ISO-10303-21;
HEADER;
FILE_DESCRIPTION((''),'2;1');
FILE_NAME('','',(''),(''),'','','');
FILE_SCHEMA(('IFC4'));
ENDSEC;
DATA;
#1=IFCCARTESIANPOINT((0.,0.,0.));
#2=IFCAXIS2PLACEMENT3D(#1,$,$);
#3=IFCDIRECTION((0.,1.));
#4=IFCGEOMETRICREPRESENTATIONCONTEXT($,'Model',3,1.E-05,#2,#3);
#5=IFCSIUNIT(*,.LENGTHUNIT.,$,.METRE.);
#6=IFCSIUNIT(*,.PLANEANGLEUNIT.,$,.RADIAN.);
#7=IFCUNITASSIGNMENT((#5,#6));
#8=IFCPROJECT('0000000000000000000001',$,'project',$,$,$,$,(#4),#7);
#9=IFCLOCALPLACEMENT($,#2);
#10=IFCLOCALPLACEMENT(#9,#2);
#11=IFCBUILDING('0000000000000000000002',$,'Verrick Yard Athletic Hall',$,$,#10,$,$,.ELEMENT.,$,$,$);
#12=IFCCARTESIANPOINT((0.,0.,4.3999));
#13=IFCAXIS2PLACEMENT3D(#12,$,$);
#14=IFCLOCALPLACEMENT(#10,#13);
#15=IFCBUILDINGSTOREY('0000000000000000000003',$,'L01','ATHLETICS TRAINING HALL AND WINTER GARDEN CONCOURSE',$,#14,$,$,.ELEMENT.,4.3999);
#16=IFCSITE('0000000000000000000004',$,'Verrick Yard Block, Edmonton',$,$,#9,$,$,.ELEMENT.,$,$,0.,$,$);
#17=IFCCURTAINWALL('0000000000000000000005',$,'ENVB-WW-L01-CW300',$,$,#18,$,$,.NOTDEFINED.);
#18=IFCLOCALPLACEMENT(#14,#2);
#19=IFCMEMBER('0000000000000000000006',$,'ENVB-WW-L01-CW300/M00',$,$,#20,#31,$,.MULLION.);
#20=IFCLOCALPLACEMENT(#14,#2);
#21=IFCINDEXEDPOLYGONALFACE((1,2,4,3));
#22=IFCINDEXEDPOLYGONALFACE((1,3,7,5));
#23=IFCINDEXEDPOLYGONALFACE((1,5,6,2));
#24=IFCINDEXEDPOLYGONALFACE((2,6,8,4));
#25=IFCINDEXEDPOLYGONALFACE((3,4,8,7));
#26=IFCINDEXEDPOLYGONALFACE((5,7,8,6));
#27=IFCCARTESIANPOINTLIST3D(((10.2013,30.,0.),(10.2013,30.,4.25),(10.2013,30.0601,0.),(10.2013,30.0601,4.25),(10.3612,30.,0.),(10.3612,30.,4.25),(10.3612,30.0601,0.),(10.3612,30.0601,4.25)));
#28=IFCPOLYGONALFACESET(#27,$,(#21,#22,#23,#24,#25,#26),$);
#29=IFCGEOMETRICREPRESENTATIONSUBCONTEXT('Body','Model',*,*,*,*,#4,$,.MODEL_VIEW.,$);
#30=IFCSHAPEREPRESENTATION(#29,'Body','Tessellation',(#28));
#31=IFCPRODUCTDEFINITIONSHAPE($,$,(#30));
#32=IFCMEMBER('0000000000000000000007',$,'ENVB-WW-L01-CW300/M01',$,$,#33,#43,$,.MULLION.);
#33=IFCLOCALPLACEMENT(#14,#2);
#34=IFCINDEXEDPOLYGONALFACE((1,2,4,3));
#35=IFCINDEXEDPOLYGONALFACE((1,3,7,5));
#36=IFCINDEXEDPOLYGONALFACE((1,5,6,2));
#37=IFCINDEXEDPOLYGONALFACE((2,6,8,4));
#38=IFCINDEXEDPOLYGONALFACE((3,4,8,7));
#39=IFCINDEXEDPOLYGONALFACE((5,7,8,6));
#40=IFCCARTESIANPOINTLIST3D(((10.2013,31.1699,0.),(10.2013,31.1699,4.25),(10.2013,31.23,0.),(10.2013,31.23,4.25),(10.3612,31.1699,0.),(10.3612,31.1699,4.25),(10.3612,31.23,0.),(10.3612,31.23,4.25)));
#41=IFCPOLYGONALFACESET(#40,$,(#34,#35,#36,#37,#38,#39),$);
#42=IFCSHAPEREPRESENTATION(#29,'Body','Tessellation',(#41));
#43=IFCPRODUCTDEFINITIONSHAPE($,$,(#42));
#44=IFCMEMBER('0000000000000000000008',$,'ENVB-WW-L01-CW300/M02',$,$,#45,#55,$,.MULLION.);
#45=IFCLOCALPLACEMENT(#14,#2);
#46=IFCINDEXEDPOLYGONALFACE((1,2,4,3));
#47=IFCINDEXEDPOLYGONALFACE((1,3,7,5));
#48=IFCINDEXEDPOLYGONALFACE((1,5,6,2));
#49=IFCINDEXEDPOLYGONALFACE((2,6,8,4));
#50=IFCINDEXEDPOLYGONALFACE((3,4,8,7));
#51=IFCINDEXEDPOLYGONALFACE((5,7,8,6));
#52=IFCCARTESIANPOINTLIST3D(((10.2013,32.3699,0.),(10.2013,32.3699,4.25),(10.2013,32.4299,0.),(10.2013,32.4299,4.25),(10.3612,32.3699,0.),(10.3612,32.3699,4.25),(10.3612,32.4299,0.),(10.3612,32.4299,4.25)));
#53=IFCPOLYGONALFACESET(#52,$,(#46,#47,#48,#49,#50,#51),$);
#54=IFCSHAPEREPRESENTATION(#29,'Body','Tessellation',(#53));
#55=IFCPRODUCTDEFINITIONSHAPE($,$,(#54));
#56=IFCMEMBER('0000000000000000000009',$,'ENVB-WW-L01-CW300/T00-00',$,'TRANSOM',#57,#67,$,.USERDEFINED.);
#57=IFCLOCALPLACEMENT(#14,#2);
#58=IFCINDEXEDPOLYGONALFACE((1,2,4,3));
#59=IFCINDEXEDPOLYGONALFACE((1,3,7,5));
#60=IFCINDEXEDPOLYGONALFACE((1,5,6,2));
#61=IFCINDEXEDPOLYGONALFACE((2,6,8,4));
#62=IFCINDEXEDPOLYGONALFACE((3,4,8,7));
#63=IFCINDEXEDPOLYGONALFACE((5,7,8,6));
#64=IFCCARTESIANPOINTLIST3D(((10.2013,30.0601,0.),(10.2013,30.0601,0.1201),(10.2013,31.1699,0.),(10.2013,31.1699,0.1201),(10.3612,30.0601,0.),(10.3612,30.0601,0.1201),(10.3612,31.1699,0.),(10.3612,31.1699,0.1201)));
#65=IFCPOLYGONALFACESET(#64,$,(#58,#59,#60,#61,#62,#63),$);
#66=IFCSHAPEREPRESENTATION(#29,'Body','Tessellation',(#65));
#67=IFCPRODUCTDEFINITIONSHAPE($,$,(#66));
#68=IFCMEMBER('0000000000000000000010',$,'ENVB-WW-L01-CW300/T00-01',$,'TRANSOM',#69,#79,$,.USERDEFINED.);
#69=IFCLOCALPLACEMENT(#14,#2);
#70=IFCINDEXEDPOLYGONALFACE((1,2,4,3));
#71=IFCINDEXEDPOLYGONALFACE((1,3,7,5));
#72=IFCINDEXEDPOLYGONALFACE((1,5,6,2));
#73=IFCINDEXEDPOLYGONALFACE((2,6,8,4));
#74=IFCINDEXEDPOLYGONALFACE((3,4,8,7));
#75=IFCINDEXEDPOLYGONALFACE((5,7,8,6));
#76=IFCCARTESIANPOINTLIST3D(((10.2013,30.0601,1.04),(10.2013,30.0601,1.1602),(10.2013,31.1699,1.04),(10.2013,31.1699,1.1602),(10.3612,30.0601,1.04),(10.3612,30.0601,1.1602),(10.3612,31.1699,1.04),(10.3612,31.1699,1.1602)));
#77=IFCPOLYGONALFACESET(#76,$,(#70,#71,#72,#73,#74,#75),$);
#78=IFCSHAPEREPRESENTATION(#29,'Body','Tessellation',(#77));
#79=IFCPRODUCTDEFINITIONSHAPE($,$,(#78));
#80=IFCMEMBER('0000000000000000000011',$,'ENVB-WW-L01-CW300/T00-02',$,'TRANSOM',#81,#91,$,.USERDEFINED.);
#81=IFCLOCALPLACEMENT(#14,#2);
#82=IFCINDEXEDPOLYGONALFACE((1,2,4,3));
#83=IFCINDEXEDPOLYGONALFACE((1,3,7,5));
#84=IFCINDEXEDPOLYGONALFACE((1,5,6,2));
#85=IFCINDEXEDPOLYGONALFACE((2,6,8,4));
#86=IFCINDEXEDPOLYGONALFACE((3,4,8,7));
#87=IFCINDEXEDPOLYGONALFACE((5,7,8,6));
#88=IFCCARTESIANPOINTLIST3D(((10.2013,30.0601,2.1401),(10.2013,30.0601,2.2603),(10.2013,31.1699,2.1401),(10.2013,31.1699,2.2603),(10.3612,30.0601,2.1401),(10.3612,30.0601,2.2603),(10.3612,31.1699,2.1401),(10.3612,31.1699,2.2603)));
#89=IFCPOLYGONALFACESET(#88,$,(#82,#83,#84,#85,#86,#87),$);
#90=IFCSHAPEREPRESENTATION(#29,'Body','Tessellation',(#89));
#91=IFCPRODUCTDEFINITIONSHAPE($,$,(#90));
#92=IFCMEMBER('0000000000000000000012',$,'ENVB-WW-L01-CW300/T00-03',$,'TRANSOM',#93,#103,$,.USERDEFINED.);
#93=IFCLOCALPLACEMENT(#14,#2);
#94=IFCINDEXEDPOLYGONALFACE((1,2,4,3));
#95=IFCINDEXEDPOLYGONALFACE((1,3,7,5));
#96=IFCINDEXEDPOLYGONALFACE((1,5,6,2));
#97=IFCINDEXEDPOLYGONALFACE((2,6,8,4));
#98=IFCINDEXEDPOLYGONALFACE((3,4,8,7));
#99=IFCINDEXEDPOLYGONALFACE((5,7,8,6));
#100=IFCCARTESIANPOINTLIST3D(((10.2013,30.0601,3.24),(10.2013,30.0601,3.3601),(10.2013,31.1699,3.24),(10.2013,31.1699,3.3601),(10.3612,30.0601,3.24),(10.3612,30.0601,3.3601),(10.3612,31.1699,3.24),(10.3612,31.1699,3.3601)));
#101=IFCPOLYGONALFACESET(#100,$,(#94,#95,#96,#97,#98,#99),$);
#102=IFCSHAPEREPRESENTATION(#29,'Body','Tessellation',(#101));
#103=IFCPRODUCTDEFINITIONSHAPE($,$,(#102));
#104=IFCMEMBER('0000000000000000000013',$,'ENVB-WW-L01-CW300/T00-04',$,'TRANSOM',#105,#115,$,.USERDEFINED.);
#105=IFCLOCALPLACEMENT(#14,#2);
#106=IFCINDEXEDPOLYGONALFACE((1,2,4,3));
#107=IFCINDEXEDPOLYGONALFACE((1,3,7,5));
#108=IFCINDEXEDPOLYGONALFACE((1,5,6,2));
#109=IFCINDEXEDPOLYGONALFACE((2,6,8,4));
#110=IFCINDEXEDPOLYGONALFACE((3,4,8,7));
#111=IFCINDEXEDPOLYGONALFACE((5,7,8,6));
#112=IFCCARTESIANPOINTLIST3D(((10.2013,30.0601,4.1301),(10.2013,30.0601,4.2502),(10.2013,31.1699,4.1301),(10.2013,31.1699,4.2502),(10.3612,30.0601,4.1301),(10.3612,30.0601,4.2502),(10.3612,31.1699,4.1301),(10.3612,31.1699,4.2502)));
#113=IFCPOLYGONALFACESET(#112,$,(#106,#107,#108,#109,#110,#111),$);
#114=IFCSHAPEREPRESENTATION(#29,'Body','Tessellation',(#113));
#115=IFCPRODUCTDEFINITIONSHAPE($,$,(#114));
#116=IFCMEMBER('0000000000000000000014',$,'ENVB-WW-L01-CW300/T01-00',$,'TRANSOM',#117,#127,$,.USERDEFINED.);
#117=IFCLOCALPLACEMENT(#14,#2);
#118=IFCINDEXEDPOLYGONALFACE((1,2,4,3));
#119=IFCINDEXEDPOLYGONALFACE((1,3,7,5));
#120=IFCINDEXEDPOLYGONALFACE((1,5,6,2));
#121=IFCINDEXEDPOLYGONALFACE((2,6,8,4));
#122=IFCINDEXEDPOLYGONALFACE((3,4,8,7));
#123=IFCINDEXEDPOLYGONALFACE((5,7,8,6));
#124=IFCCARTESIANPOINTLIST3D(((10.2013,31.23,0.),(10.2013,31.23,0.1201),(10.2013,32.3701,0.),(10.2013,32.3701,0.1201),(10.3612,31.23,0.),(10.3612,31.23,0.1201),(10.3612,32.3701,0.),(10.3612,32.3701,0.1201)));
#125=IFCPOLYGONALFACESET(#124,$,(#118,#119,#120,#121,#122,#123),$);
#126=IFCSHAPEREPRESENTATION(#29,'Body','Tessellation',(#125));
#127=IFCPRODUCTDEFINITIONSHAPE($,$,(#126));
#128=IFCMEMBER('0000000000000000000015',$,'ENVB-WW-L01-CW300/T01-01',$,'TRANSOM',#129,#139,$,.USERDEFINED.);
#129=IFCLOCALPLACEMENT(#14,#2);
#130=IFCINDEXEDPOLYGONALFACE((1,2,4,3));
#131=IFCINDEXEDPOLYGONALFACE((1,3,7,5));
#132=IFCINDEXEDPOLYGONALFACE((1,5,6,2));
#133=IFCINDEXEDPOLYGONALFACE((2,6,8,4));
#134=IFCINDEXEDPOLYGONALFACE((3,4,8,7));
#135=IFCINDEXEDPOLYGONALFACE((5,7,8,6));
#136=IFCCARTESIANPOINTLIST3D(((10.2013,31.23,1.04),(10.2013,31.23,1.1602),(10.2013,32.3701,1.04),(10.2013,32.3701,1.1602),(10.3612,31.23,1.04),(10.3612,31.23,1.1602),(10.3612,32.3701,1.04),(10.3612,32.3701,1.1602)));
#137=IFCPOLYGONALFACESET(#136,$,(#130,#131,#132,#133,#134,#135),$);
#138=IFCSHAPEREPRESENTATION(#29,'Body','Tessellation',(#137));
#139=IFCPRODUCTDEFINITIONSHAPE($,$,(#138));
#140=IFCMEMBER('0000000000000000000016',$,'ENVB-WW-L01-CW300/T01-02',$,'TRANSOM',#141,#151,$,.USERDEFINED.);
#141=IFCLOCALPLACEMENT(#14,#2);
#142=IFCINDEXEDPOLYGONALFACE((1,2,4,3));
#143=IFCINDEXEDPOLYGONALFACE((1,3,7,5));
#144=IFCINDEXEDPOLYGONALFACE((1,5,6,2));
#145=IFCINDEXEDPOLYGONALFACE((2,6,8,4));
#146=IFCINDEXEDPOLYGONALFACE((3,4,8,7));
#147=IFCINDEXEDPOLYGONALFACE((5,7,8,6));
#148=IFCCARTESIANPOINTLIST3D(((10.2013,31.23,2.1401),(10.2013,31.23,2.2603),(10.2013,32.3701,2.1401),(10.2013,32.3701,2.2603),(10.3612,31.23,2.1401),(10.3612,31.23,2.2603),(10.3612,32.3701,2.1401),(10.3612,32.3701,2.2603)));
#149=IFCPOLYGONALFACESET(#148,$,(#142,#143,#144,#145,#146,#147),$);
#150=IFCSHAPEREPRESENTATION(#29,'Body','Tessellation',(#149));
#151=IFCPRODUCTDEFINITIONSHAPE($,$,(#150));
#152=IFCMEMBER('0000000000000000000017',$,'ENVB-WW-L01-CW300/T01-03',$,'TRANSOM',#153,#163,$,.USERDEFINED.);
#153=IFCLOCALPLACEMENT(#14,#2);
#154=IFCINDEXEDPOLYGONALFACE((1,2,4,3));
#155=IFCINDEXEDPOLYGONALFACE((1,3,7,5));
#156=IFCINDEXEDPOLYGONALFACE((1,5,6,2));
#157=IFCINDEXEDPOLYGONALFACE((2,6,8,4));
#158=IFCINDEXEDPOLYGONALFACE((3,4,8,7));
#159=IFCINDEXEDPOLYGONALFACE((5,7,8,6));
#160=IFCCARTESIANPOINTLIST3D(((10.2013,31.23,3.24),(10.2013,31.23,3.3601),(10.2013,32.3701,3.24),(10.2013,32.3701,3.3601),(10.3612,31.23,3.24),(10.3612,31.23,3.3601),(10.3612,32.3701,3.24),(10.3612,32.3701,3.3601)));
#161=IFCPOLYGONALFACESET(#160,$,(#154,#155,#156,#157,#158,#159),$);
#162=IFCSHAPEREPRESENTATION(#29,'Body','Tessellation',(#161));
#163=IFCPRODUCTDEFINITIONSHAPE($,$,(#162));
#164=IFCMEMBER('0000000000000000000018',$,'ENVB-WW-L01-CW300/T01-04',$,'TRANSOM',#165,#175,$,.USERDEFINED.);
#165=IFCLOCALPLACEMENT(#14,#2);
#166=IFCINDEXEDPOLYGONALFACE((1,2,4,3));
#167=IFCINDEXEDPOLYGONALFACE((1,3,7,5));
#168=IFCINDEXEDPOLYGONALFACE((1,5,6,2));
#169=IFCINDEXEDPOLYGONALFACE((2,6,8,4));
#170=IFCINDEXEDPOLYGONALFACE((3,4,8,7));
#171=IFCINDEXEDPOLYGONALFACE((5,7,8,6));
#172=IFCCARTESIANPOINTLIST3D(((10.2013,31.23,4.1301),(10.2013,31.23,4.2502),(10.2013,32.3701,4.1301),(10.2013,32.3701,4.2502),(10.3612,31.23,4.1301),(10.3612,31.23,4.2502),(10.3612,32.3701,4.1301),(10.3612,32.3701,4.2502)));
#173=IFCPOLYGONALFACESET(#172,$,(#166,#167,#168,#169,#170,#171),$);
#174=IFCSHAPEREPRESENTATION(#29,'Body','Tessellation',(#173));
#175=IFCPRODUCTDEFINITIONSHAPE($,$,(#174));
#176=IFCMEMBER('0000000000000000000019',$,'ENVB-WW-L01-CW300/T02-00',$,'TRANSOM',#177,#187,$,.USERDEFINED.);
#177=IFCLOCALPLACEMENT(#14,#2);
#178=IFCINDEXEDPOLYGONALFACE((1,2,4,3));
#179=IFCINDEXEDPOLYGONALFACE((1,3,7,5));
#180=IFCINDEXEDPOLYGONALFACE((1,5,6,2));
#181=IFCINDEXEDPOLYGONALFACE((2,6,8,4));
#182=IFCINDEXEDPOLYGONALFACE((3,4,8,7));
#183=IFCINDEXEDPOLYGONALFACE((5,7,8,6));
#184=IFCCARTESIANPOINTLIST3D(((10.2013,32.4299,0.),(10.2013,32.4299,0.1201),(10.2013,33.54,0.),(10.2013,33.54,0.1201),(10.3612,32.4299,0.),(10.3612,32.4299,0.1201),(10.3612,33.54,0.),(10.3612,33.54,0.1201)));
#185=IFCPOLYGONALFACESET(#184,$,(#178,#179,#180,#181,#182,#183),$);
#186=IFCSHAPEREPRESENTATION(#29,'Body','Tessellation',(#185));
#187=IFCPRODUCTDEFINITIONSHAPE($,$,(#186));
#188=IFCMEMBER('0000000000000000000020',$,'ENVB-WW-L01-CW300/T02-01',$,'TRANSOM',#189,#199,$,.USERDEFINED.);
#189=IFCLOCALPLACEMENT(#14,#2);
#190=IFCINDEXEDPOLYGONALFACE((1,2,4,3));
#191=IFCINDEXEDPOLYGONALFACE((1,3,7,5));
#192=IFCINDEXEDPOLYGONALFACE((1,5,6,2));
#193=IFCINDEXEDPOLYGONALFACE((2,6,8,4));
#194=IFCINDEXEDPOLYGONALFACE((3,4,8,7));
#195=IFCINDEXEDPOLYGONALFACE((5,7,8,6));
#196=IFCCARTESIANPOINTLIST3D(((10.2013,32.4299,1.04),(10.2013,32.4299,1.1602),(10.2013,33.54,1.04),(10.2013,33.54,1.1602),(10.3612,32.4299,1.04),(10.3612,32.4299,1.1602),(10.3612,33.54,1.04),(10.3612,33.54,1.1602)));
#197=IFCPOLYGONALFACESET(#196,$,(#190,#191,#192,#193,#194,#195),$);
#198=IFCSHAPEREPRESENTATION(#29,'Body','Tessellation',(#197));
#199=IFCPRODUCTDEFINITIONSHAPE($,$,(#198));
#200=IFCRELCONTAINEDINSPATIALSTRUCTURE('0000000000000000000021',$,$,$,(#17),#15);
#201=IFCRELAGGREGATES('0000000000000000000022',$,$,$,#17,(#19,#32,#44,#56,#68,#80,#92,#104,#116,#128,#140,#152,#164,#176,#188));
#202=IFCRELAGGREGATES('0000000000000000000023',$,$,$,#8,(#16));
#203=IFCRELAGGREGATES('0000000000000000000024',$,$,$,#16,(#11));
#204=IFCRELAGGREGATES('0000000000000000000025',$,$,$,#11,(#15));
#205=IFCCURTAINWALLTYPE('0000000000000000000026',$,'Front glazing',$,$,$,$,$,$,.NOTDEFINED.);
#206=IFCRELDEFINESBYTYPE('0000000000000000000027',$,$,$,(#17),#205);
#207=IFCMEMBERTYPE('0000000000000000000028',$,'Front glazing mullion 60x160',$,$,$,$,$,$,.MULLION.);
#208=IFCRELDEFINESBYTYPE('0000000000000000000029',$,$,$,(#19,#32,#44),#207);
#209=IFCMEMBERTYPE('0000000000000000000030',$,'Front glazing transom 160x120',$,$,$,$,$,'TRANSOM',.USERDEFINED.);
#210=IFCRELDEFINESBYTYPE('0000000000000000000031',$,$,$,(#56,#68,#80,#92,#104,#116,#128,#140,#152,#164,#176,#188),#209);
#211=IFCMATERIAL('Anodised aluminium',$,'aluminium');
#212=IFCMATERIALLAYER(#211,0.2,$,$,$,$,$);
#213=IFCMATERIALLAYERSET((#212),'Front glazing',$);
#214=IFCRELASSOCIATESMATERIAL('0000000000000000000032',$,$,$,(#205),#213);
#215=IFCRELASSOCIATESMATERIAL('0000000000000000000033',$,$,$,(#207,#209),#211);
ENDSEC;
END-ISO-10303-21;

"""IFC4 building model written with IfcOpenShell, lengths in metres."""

from ifc_helpers import new_model, si_unit, direction, frame, origin, origin_2d, place, context, subcontext, project, spatial, rectangle, extrude, material, layer, layer_set, material_profile, profile_set, type_object, element, aggregate, save


model = new_model("IFC4")

# Units and contexts
model_context = context("Model", 3, precision=1e-05, world=origin(), true_north=direction((0.0, 1.0)))
body_context = subcontext(model_context, "Body", "Model", "MODEL_VIEW")
ifc_project = project(units=[si_unit("LENGTHUNIT", "METRE"), si_unit("PLANEANGLEUNIT", "RADIAN")], contexts=[model_context])

# Site, building, storey
site_placement = place(None, origin())
site = spatial("IfcSite", under=ifc_project, at=site_placement, Name="Verrick Yard Block, Edmonton", CompositionType="ELEMENT", RefElevation=0.0)
building_placement = place(site_placement, origin())
building = spatial("IfcBuilding", under=site, at=building_placement, Name="Verrick Yard Athletic Hall", CompositionType="ELEMENT")
storey_placement = place(building_placement, frame((0.0, 0.0, 4.3999)))
storey = spatial("IfcBuildingStorey", under=building, at=storey_placement, Name="L01", Description="ATHLETICS TRAINING HALL AND WINTER GARDEN CONCOURSE", CompositionType="ELEMENT", Elevation=4.3999)

# Curtain wall, members
ifc_material_1 = material(Name="Anodised aluminium", Category="aluminium")
ifc_layer_1 = layer(ifc_material_1, 0.2)
ifc_layer_set_1 = layer_set([ifc_layer_1], Name="Front glazing")
curtain_wall_type = type_object("IfcCurtainWallType", Name="Front glazing", PredefinedType="NOTDEFINED", material=ifc_layer_set_1)
curtain_wall_placement = place(storey_placement, origin())
curtain_wall = element("IfcCurtainWall", 1, at=curtain_wall_placement, inside=storey, type_object=curtain_wall_type, Name="ENVB-WW-L01-CW300", PredefinedType="NOTDEFINED")
ifc_material_profile_1 = material_profile(ifc_material_1, rectangle(XDim=0.1599, YDim=0.0601, at=origin_2d()), Name="CW mullion 60x160")
ifc_profile_set_1 = profile_set([ifc_material_profile_1], Name="Anodised aluminium")
member_type_1 = type_object("IfcMemberType", Name="Front glazing mullion 60x160", PredefinedType="MULLION", material=ifc_profile_set_1)
member_1_placement = place(storey_placement, frame((10.2812, 30.03, 0.0), z_axis=(0.0, 0.0, 1.0), x_axis=(-1.0, 0.0, 0.0)))
member_1 = element("IfcMember", 2, at=member_1_placement, type_object=member_type_1, Name="ENVB-WW-L01-CW300/M00", PredefinedType="MULLION", context=body_context, shape_type="SweptSolid", body=[
    extrude(rectangle(XDim=0.1599, YDim=0.0601, at=origin_2d()), origin(), (0.0, 0.0, 1.0), 4.25),
])
member_2_placement = place(storey_placement, frame((10.2812, 31.2, 0.0), z_axis=(0.0, 0.0, 1.0), x_axis=(-1.0, 0.0, 0.0)))
member_2 = element("IfcMember", 3, at=member_2_placement, type_object=member_type_1, Name="ENVB-WW-L01-CW300/M01", PredefinedType="MULLION", context=body_context, shape_type="SweptSolid", body=[
    extrude(rectangle(XDim=0.1599, YDim=0.0601, at=origin_2d()), origin(), (0.0, 0.0, 1.0), 4.25),
])
member_3_placement = place(storey_placement, frame((10.2812, 32.3999, 0.0), z_axis=(0.0, 0.0, 1.0), x_axis=(-1.0, 0.0, 0.0)))
member_3 = element("IfcMember", 4, at=member_3_placement, type_object=member_type_1, Name="ENVB-WW-L01-CW300/M02", PredefinedType="MULLION", context=body_context, shape_type="SweptSolid", body=[
    extrude(rectangle(XDim=0.1599, YDim=0.0601, at=origin_2d()), origin(), (0.0, 0.0, 1.0), 4.25),
])
ifc_material_profile_2 = material_profile(ifc_material_1, rectangle(XDim=0.1599, YDim=0.1201, at=origin_2d()), Name="CW transom 160x120")
ifc_profile_set_2 = profile_set([ifc_material_profile_2], Name="Anodised aluminium")
member_type_2 = type_object("IfcMemberType", Name="Front glazing transom 160x120", ElementType="TRANSOM", PredefinedType="USERDEFINED", material=ifc_profile_set_2)
member_4_placement = place(storey_placement, frame((10.2812, 30.0601, 0.0601), z_axis=(0.0, 1.0, 0.0), x_axis=(-1.0, 0.0, 0.0)))
member_4 = element("IfcMember", 5, at=member_4_placement, type_object=member_type_2, Name="ENVB-WW-L01-CW300/T00-00", ObjectType="TRANSOM", PredefinedType="USERDEFINED", context=body_context, shape_type="SweptSolid", body=[
    extrude(rectangle(XDim=0.1599, YDim=0.1201, at=origin_2d()), origin(), (0.0, 0.0, 1.0), 1.1099),
])
member_5_placement = place(storey_placement, frame((10.2812, 30.0601, 1.1001), z_axis=(0.0, 1.0, 0.0), x_axis=(-1.0, 0.0, 0.0)))
member_5 = element("IfcMember", 6, at=member_5_placement, type_object=member_type_2, Name="ENVB-WW-L01-CW300/T00-01", ObjectType="TRANSOM", PredefinedType="USERDEFINED", context=body_context, shape_type="SweptSolid", body=[
    extrude(rectangle(XDim=0.1599, YDim=0.1201, at=origin_2d()), origin(), (0.0, 0.0, 1.0), 1.1099),
])
member_6_placement = place(storey_placement, frame((10.2812, 30.0601, 2.2002), z_axis=(0.0, 1.0, 0.0), x_axis=(-1.0, 0.0, 0.0)))
member_6 = element("IfcMember", 7, at=member_6_placement, type_object=member_type_2, Name="ENVB-WW-L01-CW300/T00-02", ObjectType="TRANSOM", PredefinedType="USERDEFINED", context=body_context, shape_type="SweptSolid", body=[
    extrude(rectangle(XDim=0.1599, YDim=0.1201, at=origin_2d()), origin(), (0.0, 0.0, 1.0), 1.1099),
])
member_7_placement = place(storey_placement, frame((10.2812, 30.0601, 3.3), z_axis=(0.0, 1.0, 0.0), x_axis=(-1.0, 0.0, 0.0)))
member_7 = element("IfcMember", 8, at=member_7_placement, type_object=member_type_2, Name="ENVB-WW-L01-CW300/T00-03", ObjectType="TRANSOM", PredefinedType="USERDEFINED", context=body_context, shape_type="SweptSolid", body=[
    extrude(rectangle(XDim=0.1599, YDim=0.1201, at=origin_2d()), origin(), (0.0, 0.0, 1.0), 1.1099),
])
member_8_placement = place(storey_placement, frame((10.2812, 30.0601, 4.1902), z_axis=(0.0, 1.0, 0.0), x_axis=(-1.0, 0.0, 0.0)))
member_8 = element("IfcMember", 9, at=member_8_placement, type_object=member_type_2, Name="ENVB-WW-L01-CW300/T00-04", ObjectType="TRANSOM", PredefinedType="USERDEFINED", context=body_context, shape_type="SweptSolid", body=[
    extrude(rectangle(XDim=0.1599, YDim=0.1201, at=origin_2d()), origin(), (0.0, 0.0, 1.0), 1.1099),
])
member_9_placement = place(storey_placement, frame((10.2812, 31.23, 0.0601), z_axis=(0.0, 1.0, 0.0), x_axis=(-1.0, 0.0, 0.0)))
member_9 = element("IfcMember", 10, at=member_9_placement, type_object=member_type_2, Name="ENVB-WW-L01-CW300/T01-00", ObjectType="TRANSOM", PredefinedType="USERDEFINED", context=body_context, shape_type="SweptSolid", body=[
    extrude(rectangle(XDim=0.1599, YDim=0.1201, at=origin_2d()), origin(), (0.0, 0.0, 1.0), 1.1401),
])
member_10_placement = place(storey_placement, frame((10.2812, 31.23, 1.1001), z_axis=(0.0, 1.0, 0.0), x_axis=(-1.0, 0.0, 0.0)))
member_10 = element("IfcMember", 11, at=member_10_placement, type_object=member_type_2, Name="ENVB-WW-L01-CW300/T01-01", ObjectType="TRANSOM", PredefinedType="USERDEFINED", context=body_context, shape_type="SweptSolid", body=[
    extrude(rectangle(XDim=0.1599, YDim=0.1201, at=origin_2d()), origin(), (0.0, 0.0, 1.0), 1.1401),
])
member_11_placement = place(storey_placement, frame((10.2812, 31.23, 2.2002), z_axis=(0.0, 1.0, 0.0), x_axis=(-1.0, 0.0, 0.0)))
member_11 = element("IfcMember", 12, at=member_11_placement, type_object=member_type_2, Name="ENVB-WW-L01-CW300/T01-02", ObjectType="TRANSOM", PredefinedType="USERDEFINED", context=body_context, shape_type="SweptSolid", body=[
    extrude(rectangle(XDim=0.1599, YDim=0.1201, at=origin_2d()), origin(), (0.0, 0.0, 1.0), 1.1401),
])
member_12_placement = place(storey_placement, frame((10.2812, 31.23, 3.3), z_axis=(0.0, 1.0, 0.0), x_axis=(-1.0, 0.0, 0.0)))
member_12 = element("IfcMember", 13, at=member_12_placement, type_object=member_type_2, Name="ENVB-WW-L01-CW300/T01-03", ObjectType="TRANSOM", PredefinedType="USERDEFINED", context=body_context, shape_type="SweptSolid", body=[
    extrude(rectangle(XDim=0.1599, YDim=0.1201, at=origin_2d()), origin(), (0.0, 0.0, 1.0), 1.1401),
])
member_13_placement = place(storey_placement, frame((10.2812, 31.23, 4.1902), z_axis=(0.0, 1.0, 0.0), x_axis=(-1.0, 0.0, 0.0)))
member_13 = element("IfcMember", 14, at=member_13_placement, type_object=member_type_2, Name="ENVB-WW-L01-CW300/T01-04", ObjectType="TRANSOM", PredefinedType="USERDEFINED", context=body_context, shape_type="SweptSolid", body=[
    extrude(rectangle(XDim=0.1599, YDim=0.1201, at=origin_2d()), origin(), (0.0, 0.0, 1.0), 1.1401),
])
member_14_placement = place(storey_placement, frame((10.2812, 32.4299, 0.0601), z_axis=(0.0, 1.0, 0.0), x_axis=(-1.0, 0.0, 0.0)))
member_14 = element("IfcMember", 15, at=member_14_placement, type_object=member_type_2, Name="ENVB-WW-L01-CW300/T02-00", ObjectType="TRANSOM", PredefinedType="USERDEFINED", context=body_context, shape_type="SweptSolid", body=[
    extrude(rectangle(XDim=0.1599, YDim=0.1201, at=origin_2d()), origin(), (0.0, 0.0, 1.0), 1.1101),
])
member_15_placement = place(storey_placement, frame((10.2812, 32.4299, 1.1001), z_axis=(0.0, 1.0, 0.0), x_axis=(-1.0, 0.0, 0.0)))
member_15 = element("IfcMember", 16, at=member_15_placement, type_object=member_type_2, Name="ENVB-WW-L01-CW300/T02-01", ObjectType="TRANSOM", PredefinedType="USERDEFINED", context=body_context, shape_type="SweptSolid", body=[
    extrude(rectangle(XDim=0.1599, YDim=0.1201, at=origin_2d()), origin(), (0.0, 0.0, 1.0), 1.1101),
])
aggregate(curtain_wall, [member_1, member_2, member_3, member_4, member_5, member_6, member_7, member_8, member_9, member_10, member_11, member_12, member_13, member_14, member_15])

save(model, "model.ifc")
